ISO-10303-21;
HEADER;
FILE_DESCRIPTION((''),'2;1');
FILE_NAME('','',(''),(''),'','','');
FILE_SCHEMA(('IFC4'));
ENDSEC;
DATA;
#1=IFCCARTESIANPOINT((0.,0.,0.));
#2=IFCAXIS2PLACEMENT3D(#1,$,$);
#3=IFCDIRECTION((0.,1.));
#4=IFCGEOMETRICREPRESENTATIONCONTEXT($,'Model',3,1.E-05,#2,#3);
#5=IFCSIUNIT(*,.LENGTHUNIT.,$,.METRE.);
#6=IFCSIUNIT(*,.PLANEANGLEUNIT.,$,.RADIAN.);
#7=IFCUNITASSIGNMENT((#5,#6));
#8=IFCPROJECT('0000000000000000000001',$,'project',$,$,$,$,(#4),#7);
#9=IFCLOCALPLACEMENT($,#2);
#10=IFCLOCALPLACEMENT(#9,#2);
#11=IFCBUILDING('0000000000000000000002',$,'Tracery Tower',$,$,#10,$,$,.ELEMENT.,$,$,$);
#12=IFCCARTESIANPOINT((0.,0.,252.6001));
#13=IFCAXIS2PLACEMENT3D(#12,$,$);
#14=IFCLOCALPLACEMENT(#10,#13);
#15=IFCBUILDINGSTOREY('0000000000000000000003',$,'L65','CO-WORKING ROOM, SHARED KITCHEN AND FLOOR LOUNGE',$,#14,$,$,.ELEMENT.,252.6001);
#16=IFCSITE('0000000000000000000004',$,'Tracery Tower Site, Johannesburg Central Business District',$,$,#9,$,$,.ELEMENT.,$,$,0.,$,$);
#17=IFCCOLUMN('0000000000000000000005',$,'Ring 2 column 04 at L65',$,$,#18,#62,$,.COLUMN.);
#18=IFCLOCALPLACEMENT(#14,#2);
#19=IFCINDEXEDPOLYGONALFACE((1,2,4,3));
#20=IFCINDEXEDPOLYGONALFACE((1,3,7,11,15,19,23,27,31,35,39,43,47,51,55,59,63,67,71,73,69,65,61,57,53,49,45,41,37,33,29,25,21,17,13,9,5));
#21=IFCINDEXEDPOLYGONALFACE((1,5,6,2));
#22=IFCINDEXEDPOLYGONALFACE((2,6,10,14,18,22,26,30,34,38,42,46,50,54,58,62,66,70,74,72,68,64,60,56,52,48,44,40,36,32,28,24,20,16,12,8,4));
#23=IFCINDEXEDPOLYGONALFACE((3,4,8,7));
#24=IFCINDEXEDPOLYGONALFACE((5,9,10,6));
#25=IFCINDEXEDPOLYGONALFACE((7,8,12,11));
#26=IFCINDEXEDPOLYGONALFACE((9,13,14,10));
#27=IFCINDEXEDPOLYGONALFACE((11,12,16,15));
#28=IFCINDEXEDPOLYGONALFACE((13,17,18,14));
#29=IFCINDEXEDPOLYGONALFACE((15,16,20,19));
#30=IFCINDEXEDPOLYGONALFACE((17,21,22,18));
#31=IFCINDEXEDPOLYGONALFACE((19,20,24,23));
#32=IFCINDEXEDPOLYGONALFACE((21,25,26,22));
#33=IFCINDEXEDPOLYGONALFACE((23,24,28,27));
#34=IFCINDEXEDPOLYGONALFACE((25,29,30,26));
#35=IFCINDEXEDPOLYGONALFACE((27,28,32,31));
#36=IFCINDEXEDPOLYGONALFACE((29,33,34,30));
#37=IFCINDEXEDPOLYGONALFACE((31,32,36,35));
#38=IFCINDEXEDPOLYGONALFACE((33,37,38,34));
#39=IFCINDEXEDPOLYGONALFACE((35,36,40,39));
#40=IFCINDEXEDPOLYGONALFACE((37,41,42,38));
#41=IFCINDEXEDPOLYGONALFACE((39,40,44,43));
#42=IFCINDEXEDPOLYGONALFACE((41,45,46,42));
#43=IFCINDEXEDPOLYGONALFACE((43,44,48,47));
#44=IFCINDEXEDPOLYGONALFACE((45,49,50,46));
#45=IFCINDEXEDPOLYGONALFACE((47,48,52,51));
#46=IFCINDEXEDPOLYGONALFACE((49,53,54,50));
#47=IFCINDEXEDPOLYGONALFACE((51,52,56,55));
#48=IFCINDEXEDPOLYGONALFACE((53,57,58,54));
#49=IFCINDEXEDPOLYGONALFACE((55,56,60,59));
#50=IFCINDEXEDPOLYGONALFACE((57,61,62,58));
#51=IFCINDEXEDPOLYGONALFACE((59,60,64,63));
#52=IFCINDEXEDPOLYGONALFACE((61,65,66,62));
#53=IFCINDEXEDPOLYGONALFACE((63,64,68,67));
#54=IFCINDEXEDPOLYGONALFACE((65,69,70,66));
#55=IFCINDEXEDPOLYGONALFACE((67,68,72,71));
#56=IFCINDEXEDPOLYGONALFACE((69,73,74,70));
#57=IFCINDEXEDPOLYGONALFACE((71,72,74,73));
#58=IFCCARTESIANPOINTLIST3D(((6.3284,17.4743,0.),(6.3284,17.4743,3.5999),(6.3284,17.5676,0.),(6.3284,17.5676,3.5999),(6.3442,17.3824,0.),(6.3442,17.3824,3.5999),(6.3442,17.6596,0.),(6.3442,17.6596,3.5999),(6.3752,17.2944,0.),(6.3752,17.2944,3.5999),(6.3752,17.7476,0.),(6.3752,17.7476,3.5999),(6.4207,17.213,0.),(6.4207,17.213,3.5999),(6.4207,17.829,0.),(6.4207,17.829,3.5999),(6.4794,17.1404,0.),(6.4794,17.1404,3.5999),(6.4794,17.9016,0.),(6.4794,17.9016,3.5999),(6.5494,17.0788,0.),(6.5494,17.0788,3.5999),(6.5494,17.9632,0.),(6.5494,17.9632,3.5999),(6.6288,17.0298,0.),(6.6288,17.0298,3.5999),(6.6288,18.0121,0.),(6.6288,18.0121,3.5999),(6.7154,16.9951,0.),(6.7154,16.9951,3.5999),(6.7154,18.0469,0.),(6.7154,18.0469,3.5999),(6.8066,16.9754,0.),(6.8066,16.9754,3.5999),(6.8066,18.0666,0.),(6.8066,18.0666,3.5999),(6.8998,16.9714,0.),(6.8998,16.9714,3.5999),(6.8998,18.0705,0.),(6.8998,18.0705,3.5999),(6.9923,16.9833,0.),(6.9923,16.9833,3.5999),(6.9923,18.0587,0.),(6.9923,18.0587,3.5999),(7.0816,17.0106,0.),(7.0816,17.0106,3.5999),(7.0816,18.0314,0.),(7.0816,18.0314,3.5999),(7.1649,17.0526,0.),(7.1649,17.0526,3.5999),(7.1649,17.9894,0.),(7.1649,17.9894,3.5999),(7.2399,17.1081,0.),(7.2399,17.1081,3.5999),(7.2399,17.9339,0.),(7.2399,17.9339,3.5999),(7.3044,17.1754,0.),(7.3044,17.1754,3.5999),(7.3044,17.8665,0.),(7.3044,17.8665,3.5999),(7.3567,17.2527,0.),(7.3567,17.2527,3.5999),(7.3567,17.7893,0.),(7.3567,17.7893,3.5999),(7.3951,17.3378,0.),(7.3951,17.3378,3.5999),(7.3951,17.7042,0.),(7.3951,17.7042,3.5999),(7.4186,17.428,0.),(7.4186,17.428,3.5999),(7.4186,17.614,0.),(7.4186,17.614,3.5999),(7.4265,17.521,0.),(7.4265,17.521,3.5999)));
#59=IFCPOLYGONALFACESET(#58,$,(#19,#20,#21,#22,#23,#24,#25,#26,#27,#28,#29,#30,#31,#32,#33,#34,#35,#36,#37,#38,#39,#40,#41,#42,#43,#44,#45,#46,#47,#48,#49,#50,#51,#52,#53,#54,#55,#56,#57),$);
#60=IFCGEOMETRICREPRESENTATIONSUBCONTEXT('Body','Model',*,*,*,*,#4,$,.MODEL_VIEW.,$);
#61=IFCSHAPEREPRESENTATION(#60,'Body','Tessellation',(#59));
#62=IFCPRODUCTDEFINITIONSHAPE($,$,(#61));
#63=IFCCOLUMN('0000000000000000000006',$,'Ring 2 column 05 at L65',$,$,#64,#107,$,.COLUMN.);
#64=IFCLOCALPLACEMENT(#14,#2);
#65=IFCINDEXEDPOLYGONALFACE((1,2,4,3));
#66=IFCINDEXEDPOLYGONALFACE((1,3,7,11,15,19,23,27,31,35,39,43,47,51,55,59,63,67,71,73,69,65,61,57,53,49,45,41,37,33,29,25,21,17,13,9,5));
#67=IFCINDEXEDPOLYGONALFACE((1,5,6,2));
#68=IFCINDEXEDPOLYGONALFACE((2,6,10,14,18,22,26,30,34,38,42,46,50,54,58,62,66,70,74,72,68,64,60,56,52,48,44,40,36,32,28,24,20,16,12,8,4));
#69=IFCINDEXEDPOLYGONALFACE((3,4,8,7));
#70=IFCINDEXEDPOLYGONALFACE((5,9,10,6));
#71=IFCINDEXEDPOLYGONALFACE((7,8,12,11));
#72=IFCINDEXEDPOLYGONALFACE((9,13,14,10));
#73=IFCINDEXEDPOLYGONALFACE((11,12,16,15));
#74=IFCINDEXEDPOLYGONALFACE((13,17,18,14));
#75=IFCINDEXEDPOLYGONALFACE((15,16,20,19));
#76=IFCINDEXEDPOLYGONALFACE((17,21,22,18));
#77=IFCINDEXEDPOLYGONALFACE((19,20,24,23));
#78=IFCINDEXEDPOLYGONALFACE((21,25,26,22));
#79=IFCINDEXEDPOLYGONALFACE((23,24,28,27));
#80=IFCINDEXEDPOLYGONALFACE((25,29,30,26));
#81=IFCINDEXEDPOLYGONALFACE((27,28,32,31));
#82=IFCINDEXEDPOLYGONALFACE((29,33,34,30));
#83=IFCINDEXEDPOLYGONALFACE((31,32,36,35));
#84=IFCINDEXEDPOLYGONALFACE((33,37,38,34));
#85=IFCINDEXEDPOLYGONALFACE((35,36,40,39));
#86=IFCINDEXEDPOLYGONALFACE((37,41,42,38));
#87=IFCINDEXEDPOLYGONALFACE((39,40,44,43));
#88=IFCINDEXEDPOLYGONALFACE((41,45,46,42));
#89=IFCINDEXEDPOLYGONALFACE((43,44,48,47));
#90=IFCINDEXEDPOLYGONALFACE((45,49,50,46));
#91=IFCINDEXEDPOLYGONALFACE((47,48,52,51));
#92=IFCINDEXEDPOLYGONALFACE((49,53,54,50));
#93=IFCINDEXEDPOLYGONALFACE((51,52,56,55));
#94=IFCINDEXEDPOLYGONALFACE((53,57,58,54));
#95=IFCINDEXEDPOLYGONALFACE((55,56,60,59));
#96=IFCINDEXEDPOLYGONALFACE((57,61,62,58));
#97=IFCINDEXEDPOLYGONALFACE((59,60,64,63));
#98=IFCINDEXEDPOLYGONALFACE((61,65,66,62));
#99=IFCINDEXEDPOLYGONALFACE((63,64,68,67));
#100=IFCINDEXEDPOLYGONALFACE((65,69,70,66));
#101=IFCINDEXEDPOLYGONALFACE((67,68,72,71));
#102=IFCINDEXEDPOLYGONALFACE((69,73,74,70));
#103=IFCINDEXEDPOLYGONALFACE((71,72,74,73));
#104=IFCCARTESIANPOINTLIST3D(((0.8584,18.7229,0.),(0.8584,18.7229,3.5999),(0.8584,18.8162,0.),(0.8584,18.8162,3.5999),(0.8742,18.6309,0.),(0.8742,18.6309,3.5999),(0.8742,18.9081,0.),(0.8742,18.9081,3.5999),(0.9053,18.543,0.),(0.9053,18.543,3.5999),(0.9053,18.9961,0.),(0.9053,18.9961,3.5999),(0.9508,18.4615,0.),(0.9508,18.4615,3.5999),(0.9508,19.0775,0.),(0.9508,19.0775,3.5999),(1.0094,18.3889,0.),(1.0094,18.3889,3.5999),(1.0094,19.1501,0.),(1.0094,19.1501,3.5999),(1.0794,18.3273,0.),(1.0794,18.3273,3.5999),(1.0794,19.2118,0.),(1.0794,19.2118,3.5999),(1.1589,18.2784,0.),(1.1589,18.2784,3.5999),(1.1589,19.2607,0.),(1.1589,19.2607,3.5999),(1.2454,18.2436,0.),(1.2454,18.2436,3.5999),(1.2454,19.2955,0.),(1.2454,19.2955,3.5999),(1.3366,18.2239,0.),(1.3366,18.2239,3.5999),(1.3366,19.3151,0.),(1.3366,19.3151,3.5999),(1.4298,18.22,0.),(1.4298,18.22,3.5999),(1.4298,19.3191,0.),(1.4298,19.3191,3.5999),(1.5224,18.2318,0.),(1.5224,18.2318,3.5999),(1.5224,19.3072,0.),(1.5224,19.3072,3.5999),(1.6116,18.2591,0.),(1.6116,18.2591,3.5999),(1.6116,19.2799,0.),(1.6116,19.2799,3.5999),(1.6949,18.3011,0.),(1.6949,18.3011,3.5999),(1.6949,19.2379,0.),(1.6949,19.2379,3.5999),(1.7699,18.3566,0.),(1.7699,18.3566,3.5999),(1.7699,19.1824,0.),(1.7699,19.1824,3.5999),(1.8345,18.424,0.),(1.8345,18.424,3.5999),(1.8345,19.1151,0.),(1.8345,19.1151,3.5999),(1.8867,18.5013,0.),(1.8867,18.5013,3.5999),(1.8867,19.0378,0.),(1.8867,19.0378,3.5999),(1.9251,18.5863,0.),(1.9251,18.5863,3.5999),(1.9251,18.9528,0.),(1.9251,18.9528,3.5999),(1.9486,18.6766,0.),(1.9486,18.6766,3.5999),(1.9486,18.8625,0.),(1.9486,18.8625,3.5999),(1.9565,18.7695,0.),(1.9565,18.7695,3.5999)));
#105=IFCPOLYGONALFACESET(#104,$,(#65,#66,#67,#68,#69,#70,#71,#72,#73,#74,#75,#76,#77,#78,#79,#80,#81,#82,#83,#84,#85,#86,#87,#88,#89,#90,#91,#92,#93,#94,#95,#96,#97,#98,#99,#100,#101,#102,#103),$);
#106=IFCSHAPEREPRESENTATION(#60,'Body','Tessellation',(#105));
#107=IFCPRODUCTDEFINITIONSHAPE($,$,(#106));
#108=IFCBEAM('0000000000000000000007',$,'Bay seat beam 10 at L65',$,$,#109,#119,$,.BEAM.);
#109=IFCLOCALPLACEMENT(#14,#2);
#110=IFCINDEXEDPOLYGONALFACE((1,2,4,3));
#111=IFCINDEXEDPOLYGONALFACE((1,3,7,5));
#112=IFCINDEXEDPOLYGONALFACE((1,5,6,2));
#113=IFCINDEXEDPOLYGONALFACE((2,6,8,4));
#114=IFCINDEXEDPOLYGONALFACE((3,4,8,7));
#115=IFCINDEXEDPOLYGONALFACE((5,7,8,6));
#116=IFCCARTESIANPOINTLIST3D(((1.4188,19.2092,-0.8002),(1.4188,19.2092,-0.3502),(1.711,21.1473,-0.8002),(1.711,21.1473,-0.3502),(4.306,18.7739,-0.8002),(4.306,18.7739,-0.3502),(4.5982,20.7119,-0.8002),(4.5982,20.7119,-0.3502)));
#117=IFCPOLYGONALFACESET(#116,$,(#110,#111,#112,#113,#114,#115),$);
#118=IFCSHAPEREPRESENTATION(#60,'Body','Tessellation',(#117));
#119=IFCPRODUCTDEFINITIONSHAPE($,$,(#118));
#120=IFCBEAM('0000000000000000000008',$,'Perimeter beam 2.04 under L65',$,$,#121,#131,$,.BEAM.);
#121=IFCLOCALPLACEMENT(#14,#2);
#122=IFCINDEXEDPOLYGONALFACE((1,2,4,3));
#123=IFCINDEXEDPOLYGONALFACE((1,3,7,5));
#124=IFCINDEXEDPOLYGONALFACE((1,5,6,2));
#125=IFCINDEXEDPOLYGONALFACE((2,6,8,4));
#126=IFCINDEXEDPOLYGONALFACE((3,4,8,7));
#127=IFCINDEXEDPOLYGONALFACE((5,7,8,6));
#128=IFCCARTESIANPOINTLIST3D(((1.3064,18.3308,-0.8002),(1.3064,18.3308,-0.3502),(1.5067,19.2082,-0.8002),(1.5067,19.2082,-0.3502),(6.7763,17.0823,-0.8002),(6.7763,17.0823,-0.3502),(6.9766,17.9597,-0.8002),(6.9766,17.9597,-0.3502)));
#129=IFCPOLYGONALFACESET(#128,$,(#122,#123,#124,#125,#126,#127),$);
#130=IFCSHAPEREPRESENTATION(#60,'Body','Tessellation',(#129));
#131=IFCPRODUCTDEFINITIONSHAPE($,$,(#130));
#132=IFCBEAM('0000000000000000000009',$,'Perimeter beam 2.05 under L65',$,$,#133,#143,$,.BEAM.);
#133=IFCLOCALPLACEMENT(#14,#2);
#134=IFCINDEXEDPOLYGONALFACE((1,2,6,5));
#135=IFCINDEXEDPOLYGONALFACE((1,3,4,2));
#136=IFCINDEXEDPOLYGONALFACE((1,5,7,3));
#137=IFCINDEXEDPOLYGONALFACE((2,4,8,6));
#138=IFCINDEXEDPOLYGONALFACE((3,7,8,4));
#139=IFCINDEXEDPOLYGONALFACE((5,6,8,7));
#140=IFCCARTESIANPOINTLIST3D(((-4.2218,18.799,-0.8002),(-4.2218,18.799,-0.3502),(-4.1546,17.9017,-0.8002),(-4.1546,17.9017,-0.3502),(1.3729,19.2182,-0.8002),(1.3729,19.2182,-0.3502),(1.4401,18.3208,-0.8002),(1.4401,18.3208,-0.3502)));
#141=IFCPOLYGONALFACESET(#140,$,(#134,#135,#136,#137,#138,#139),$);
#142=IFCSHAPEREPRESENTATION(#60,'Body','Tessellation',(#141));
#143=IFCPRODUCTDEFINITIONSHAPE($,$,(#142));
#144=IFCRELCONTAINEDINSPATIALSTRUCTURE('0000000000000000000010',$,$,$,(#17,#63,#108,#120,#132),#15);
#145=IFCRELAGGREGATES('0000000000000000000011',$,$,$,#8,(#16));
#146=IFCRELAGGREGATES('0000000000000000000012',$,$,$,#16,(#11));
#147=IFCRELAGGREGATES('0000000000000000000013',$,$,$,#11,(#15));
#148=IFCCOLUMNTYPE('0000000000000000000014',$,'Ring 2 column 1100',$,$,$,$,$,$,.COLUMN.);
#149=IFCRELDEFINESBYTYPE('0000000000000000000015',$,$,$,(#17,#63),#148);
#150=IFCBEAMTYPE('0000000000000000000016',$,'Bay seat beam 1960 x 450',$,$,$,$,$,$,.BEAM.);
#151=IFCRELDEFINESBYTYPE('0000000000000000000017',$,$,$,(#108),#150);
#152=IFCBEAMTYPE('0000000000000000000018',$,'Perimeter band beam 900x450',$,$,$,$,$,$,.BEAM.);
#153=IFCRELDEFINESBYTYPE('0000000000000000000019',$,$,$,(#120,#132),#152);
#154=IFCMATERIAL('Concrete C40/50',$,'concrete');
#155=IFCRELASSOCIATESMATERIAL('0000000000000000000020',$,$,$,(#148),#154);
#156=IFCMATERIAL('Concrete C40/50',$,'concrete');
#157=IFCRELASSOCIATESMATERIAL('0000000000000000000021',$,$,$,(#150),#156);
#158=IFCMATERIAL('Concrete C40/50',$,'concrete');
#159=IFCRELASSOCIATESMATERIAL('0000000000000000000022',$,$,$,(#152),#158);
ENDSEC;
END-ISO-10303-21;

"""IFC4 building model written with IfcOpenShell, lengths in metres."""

from ifc_helpers import new_model, si_unit, direction, frame, origin, origin_2d, place, context, subcontext, project, spatial, rectangle, circle, extrude, material, material_profile, profile_set, type_object, element, save


model = new_model("IFC4")

# Units and contexts
model_context = context("Model", 3, precision=1e-05, world=origin(), true_north=direction((0.0, 1.0)))
body_context = subcontext(model_context, "Body", "Model", "MODEL_VIEW")
ifc_project = project(units=[si_unit("LENGTHUNIT", "METRE"), si_unit("PLANEANGLEUNIT", "RADIAN")], contexts=[model_context])

# Site, building, storey
site_placement = place(None, origin())
site = spatial("IfcSite", under=ifc_project, at=site_placement, Name="Tracery Tower Site, Johannesburg Central Business District", CompositionType="ELEMENT", RefElevation=0.0)
building_placement = place(site_placement, origin())
building = spatial("IfcBuilding", under=site, at=building_placement, Name="Tracery Tower", CompositionType="ELEMENT")
storey_placement = place(building_placement, frame((0.0, 0.0, 252.6001)))
storey = spatial("IfcBuildingStorey", under=building, at=storey_placement, Name="L65", Description="CO-WORKING ROOM, SHARED KITCHEN AND FLOOR LOUNGE", CompositionType="ELEMENT", Elevation=252.6001)

# Columns
ifc_material_1 = material(Name="Concrete C40/50", Category="concrete")
ifc_material_profile_1 = material_profile(ifc_material_1, circle(Radius=0.55, at=origin_2d()), Name="RC D1100")
ifc_profile_set_1 = profile_set([ifc_material_profile_1], Name="Concrete C40/50")
column_type = type_object("IfcColumnType", Name="Ring 2 column 1100", PredefinedType="COLUMN", material=ifc_profile_set_1)
for number, where, z_axis, x_axis, name in (
    (1, (6.8765, 17.521, 0.0), (0.0, 0.0, 1.0), (1.0, 0.0, 0.0), "Ring 2 column 04 at L65"),
    (2, (1.4065, 18.7695, 0.0), (0.0, 0.0, 1.0), (1.0, 0.0, 0.0), "Ring 2 column 05 at L65"),
):
    element("IfcColumn", number, at=place(storey_placement, frame(where, z_axis=z_axis, x_axis=x_axis)), inside=storey, type_object=column_type, Name=name, PredefinedType="COLUMN", context=body_context, shape_type="SweptSolid", body=[
        extrude(circle(Radius=0.55, at=origin_2d()), origin(), (0.0, 0.0, 1.0), 3.5999),
    ])

# Beams
ifc_material_2 = material(Name="Concrete C40/50", Category="concrete")
ifc_material_profile_2 = material_profile(ifc_material_2, rectangle(XDim=1.96, YDim=0.45, at=origin_2d()), Name="RC 1960x450")
ifc_profile_set_2 = profile_set([ifc_material_profile_2], Name="Concrete C40/50")
beam_type_1 = type_object("IfcBeamType", Name="Bay seat beam 1960 x 450", PredefinedType="BEAM", material=ifc_profile_set_2)
beam_1_placement = place(storey_placement, frame((4.4521, 19.7429, -0.5752), z_axis=(-0.988824, 0.149085, 0.0), x_axis=(-0.149085, -0.988824, 0.0)))
element("IfcBeam", 3, at=beam_1_placement, inside=storey, type_object=beam_type_1, Name="Bay seat beam 10 at L65", PredefinedType="BEAM", context=body_context, shape_type="SweptSolid", body=[
    extrude(rectangle(XDim=1.96, YDim=0.45, at=origin_2d()), origin(), (0.0, 0.0, 1.0), 2.9199),
])
ifc_material_3 = material(Name="Concrete C40/50", Category="concrete")
ifc_material_profile_3 = material_profile(ifc_material_3, rectangle(XDim=0.8999, YDim=0.45, at=origin_2d()), Name="RC 900x450")
ifc_profile_set_3 = profile_set([ifc_material_profile_3], Name="Concrete C40/50")
beam_type_2 = type_object("IfcBeamType", Name="Perimeter band beam 900x450", PredefinedType="BEAM", material=ifc_profile_set_3)
beam_2_placement = place(storey_placement, frame((6.8765, 17.521, -0.5752), z_axis=(-0.974926, 0.222529, 0.0), x_axis=(-0.222529, -0.974926, 0.0)))
element("IfcBeam", 4, at=beam_2_placement, inside=storey, type_object=beam_type_2, Name="Perimeter beam 2.04 under L65", PredefinedType="BEAM", context=body_context, shape_type="SweptSolid", body=[
    extrude(rectangle(XDim=0.8999, YDim=0.45, at=origin_2d()), origin(), (0.0, 0.0, 1.0), 5.6106),
])
beam_3_placement = place(storey_placement, frame((1.4065, 18.7695, -0.5752), z_axis=(-0.997205, -0.074716, 0.0), x_axis=(0.074716, -0.997205, 0.0)))
element("IfcBeam", 5, at=beam_3_placement, inside=storey, type_object=beam_type_2, Name="Perimeter beam 2.05 under L65", PredefinedType="BEAM", context=body_context, shape_type="SweptSolid", body=[
    extrude(rectangle(XDim=0.8999, YDim=0.45, at=origin_2d()), origin(), (0.0, 0.0, 1.0), 5.6104),
])

save(model, "model.ifc")
